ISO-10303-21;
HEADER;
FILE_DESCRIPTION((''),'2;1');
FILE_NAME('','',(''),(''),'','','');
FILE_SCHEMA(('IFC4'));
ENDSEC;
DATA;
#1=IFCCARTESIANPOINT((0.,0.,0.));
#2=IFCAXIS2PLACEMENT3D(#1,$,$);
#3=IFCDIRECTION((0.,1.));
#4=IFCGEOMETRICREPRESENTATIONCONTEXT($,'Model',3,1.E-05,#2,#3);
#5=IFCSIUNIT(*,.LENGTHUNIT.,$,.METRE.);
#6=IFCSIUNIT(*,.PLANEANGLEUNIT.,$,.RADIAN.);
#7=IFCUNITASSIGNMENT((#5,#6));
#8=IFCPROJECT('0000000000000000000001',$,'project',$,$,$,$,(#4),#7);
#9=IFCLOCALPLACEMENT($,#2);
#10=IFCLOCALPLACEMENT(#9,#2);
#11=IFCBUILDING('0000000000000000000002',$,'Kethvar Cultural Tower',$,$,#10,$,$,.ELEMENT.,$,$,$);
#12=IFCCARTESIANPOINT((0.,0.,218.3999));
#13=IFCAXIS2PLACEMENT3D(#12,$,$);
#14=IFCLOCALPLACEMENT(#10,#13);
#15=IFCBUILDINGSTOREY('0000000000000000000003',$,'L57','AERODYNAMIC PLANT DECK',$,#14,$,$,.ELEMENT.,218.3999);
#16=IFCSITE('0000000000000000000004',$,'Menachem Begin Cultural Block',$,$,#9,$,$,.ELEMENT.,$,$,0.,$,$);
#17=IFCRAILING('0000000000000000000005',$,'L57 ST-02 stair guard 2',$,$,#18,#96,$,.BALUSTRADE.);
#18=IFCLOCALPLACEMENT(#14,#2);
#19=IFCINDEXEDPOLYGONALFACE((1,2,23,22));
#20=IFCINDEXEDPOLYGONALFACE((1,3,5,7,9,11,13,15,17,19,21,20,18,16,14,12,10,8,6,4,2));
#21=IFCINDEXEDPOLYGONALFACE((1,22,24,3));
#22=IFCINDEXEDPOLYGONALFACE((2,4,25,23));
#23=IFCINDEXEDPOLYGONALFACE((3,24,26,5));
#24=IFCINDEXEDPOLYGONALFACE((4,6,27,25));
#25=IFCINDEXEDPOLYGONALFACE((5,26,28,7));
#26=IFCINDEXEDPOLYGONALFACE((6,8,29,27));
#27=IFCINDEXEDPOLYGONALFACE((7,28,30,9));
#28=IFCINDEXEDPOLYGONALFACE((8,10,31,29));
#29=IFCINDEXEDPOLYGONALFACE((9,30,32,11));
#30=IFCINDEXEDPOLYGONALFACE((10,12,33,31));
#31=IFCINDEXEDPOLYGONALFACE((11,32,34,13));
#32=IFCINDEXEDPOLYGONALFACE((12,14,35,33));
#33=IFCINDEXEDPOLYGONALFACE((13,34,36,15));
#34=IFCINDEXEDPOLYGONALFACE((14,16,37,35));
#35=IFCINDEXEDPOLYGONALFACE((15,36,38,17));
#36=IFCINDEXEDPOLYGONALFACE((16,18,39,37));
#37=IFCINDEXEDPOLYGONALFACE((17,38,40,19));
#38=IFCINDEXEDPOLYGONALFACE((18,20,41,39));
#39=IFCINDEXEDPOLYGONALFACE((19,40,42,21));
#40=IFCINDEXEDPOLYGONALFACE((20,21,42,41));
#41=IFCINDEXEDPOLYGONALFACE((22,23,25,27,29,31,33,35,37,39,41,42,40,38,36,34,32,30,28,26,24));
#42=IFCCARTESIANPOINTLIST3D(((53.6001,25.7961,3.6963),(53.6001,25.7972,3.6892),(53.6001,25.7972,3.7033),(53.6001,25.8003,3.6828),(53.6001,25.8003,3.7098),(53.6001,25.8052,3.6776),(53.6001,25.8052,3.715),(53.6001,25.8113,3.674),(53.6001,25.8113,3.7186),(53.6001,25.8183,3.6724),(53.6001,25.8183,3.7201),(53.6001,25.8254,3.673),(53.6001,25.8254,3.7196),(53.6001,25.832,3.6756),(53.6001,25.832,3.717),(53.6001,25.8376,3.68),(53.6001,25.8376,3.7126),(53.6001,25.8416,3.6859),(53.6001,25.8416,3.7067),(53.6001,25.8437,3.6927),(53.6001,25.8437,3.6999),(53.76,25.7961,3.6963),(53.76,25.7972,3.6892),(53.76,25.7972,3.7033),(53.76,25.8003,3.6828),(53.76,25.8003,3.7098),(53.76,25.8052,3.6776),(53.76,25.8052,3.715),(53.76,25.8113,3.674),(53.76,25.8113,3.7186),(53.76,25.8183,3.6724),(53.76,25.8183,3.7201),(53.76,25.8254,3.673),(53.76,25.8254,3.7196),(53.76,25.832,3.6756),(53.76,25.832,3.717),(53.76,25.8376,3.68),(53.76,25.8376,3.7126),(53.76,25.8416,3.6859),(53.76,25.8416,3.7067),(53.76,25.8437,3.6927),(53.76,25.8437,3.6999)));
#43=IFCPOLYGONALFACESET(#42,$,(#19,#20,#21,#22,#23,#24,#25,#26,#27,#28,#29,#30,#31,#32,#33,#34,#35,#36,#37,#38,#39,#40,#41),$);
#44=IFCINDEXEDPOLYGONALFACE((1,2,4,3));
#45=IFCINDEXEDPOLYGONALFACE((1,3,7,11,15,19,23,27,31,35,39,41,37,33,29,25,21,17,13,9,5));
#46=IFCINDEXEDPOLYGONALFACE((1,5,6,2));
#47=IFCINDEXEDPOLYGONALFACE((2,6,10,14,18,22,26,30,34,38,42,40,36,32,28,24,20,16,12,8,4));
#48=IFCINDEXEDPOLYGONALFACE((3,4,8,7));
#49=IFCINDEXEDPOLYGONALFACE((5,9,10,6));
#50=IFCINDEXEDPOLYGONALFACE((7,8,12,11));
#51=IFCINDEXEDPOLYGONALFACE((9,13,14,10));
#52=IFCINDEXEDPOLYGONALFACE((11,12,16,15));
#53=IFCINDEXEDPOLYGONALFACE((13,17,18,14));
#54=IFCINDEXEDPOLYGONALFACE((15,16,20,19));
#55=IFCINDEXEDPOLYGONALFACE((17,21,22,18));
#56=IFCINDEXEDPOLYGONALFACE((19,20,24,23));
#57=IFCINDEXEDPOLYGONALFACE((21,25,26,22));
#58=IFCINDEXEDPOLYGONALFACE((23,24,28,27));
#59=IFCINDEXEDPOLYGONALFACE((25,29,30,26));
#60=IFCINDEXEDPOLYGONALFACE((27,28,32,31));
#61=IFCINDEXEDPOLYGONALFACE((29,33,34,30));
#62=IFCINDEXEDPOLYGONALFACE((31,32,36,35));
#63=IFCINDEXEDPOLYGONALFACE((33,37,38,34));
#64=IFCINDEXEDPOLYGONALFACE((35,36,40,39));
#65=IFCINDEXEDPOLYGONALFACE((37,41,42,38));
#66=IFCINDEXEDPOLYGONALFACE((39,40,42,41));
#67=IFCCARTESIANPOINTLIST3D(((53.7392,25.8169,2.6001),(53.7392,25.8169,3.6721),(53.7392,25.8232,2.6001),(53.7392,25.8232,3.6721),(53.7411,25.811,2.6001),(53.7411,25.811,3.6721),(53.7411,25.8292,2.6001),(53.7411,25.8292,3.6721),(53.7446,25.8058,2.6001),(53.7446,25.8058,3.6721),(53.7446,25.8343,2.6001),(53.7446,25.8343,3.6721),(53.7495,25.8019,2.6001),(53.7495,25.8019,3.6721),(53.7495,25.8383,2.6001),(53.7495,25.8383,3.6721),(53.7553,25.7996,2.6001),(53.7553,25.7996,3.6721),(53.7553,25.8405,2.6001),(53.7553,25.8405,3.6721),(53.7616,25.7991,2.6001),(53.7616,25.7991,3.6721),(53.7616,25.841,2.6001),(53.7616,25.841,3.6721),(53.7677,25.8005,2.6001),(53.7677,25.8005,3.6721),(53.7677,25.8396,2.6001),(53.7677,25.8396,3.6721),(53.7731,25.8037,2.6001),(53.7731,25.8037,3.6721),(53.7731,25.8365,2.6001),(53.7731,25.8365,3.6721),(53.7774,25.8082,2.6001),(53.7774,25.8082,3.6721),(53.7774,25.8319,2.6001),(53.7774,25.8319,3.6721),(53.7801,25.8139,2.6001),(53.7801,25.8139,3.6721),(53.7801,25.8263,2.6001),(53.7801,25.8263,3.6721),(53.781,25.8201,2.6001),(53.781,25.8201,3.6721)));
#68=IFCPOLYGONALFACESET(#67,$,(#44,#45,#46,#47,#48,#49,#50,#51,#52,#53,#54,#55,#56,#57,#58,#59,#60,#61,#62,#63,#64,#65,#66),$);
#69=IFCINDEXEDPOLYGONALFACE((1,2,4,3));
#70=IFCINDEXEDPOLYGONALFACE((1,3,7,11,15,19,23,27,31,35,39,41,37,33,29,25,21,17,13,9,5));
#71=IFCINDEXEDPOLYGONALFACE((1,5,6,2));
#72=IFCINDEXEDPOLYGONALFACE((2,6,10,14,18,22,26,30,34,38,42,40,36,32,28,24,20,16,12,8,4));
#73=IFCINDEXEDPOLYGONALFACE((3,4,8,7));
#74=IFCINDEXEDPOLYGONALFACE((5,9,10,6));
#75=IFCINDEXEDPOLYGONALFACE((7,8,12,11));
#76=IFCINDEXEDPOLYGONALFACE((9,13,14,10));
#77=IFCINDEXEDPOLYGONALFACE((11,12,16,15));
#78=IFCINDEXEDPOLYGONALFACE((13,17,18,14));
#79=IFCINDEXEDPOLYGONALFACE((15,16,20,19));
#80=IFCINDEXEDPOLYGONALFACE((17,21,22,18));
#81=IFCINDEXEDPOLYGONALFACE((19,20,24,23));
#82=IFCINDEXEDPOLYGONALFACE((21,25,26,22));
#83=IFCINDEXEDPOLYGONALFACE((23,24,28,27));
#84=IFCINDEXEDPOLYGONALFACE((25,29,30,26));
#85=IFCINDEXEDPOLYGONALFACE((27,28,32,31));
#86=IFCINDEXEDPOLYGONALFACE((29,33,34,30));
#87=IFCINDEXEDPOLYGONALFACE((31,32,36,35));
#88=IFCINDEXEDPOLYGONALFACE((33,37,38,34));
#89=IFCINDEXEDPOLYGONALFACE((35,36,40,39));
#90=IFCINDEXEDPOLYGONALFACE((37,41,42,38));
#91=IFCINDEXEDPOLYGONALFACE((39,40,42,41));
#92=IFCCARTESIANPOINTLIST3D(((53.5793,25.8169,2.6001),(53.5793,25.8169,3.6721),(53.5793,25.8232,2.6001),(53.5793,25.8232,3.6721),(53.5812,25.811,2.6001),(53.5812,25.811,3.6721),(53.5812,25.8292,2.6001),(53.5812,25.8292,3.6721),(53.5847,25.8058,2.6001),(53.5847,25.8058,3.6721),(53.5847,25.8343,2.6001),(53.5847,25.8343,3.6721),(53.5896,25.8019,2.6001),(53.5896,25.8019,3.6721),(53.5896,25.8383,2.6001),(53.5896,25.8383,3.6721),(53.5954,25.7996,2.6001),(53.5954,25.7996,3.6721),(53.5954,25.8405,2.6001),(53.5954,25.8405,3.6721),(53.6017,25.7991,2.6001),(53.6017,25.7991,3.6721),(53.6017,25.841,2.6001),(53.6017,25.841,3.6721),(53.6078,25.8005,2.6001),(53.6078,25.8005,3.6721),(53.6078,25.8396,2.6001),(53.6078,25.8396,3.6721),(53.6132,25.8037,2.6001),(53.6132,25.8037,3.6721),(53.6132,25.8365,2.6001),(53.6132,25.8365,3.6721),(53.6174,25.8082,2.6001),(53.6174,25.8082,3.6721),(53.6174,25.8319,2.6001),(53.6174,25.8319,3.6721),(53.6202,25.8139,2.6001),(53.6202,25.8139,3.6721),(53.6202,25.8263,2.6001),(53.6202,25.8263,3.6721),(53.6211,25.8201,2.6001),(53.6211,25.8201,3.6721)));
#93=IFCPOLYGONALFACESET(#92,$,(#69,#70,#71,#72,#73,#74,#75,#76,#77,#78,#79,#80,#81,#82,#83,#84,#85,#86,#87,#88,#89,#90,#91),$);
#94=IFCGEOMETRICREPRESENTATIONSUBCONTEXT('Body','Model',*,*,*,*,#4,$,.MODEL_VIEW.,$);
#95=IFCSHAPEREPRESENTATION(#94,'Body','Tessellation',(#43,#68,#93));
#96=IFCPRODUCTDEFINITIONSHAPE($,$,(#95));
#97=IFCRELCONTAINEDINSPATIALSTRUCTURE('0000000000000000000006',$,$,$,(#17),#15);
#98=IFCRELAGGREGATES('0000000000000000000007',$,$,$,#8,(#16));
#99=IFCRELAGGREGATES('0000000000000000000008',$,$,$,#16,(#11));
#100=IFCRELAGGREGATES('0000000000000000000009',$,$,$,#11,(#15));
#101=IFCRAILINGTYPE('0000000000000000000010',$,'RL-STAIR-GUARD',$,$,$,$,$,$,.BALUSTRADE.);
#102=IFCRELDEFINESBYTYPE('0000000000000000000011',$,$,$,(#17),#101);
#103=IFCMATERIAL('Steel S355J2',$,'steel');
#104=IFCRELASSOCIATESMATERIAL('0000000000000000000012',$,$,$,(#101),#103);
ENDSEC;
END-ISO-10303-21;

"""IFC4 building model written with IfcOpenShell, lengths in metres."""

from ifc_helpers import new_model, si_unit, direction, frame, origin, origin_2d, place, context, subcontext, project, spatial, circle, extrude, material, type_object, element, save


model = new_model("IFC4")

# Units and contexts
model_context = context("Model", 3, precision=1e-05, world=origin(), true_north=direction((0.0, 1.0)))
body_context = subcontext(model_context, "Body", "Model", "MODEL_VIEW")
ifc_project = project(units=[si_unit("LENGTHUNIT", "METRE"), si_unit("PLANEANGLEUNIT", "RADIAN")], contexts=[model_context])

# Site, building, storey
site_placement = place(None, origin())
site = spatial("IfcSite", under=ifc_project, at=site_placement, Name="Menachem Begin Cultural Block", CompositionType="ELEMENT", RefElevation=0.0)
building_placement = place(site_placement, origin())
building = spatial("IfcBuilding", under=site, at=building_placement, Name="Kethvar Cultural Tower", CompositionType="ELEMENT")
storey_placement = place(building_placement, frame((0.0, 0.0, 218.3999)))
storey = spatial("IfcBuildingStorey", under=building, at=storey_placement, Name="L57", Description="AERODYNAMIC PLANT DECK", CompositionType="ELEMENT", Elevation=218.3999)

# Shared definitions
ifc_material_1 = material(Name="Steel S355J2", Category="steel")

# Railing
railing_type_1 = type_object("IfcRailingType", Name="RL-STAIR-GUARD", PredefinedType="BALUSTRADE", material=ifc_material_1)
railing_1_placement = place(storey_placement, frame((53.76, 25.8201, 2.6001)))
element("IfcRailing", 1, at=railing_1_placement, inside=storey, type_object=railing_type_1, Name="L57 ST-02 stair guard 2", PredefinedType="BALUSTRADE", context=body_context, shape_type="SweptSolid", body=[
    extrude(circle(Radius=0.0239, at=origin_2d()), frame((0.0, 0.0, 1.0962), z_axis=(-1.0, 0.0, 0.0), x_axis=(0.0, -1.0, 0.0)), (0.0, 0.0, 1.0), 0.1599),
    extrude(circle(Radius=0.021, at=origin_2d()), origin(), (0.0, 0.0, 1.0), 1.072),
    extrude(circle(Radius=0.021, at=origin_2d()), frame((-0.1599, 0.0, 0.0)), (0.0, 0.0, 1.0), 1.072),
])

save(model, "model.ifc")
